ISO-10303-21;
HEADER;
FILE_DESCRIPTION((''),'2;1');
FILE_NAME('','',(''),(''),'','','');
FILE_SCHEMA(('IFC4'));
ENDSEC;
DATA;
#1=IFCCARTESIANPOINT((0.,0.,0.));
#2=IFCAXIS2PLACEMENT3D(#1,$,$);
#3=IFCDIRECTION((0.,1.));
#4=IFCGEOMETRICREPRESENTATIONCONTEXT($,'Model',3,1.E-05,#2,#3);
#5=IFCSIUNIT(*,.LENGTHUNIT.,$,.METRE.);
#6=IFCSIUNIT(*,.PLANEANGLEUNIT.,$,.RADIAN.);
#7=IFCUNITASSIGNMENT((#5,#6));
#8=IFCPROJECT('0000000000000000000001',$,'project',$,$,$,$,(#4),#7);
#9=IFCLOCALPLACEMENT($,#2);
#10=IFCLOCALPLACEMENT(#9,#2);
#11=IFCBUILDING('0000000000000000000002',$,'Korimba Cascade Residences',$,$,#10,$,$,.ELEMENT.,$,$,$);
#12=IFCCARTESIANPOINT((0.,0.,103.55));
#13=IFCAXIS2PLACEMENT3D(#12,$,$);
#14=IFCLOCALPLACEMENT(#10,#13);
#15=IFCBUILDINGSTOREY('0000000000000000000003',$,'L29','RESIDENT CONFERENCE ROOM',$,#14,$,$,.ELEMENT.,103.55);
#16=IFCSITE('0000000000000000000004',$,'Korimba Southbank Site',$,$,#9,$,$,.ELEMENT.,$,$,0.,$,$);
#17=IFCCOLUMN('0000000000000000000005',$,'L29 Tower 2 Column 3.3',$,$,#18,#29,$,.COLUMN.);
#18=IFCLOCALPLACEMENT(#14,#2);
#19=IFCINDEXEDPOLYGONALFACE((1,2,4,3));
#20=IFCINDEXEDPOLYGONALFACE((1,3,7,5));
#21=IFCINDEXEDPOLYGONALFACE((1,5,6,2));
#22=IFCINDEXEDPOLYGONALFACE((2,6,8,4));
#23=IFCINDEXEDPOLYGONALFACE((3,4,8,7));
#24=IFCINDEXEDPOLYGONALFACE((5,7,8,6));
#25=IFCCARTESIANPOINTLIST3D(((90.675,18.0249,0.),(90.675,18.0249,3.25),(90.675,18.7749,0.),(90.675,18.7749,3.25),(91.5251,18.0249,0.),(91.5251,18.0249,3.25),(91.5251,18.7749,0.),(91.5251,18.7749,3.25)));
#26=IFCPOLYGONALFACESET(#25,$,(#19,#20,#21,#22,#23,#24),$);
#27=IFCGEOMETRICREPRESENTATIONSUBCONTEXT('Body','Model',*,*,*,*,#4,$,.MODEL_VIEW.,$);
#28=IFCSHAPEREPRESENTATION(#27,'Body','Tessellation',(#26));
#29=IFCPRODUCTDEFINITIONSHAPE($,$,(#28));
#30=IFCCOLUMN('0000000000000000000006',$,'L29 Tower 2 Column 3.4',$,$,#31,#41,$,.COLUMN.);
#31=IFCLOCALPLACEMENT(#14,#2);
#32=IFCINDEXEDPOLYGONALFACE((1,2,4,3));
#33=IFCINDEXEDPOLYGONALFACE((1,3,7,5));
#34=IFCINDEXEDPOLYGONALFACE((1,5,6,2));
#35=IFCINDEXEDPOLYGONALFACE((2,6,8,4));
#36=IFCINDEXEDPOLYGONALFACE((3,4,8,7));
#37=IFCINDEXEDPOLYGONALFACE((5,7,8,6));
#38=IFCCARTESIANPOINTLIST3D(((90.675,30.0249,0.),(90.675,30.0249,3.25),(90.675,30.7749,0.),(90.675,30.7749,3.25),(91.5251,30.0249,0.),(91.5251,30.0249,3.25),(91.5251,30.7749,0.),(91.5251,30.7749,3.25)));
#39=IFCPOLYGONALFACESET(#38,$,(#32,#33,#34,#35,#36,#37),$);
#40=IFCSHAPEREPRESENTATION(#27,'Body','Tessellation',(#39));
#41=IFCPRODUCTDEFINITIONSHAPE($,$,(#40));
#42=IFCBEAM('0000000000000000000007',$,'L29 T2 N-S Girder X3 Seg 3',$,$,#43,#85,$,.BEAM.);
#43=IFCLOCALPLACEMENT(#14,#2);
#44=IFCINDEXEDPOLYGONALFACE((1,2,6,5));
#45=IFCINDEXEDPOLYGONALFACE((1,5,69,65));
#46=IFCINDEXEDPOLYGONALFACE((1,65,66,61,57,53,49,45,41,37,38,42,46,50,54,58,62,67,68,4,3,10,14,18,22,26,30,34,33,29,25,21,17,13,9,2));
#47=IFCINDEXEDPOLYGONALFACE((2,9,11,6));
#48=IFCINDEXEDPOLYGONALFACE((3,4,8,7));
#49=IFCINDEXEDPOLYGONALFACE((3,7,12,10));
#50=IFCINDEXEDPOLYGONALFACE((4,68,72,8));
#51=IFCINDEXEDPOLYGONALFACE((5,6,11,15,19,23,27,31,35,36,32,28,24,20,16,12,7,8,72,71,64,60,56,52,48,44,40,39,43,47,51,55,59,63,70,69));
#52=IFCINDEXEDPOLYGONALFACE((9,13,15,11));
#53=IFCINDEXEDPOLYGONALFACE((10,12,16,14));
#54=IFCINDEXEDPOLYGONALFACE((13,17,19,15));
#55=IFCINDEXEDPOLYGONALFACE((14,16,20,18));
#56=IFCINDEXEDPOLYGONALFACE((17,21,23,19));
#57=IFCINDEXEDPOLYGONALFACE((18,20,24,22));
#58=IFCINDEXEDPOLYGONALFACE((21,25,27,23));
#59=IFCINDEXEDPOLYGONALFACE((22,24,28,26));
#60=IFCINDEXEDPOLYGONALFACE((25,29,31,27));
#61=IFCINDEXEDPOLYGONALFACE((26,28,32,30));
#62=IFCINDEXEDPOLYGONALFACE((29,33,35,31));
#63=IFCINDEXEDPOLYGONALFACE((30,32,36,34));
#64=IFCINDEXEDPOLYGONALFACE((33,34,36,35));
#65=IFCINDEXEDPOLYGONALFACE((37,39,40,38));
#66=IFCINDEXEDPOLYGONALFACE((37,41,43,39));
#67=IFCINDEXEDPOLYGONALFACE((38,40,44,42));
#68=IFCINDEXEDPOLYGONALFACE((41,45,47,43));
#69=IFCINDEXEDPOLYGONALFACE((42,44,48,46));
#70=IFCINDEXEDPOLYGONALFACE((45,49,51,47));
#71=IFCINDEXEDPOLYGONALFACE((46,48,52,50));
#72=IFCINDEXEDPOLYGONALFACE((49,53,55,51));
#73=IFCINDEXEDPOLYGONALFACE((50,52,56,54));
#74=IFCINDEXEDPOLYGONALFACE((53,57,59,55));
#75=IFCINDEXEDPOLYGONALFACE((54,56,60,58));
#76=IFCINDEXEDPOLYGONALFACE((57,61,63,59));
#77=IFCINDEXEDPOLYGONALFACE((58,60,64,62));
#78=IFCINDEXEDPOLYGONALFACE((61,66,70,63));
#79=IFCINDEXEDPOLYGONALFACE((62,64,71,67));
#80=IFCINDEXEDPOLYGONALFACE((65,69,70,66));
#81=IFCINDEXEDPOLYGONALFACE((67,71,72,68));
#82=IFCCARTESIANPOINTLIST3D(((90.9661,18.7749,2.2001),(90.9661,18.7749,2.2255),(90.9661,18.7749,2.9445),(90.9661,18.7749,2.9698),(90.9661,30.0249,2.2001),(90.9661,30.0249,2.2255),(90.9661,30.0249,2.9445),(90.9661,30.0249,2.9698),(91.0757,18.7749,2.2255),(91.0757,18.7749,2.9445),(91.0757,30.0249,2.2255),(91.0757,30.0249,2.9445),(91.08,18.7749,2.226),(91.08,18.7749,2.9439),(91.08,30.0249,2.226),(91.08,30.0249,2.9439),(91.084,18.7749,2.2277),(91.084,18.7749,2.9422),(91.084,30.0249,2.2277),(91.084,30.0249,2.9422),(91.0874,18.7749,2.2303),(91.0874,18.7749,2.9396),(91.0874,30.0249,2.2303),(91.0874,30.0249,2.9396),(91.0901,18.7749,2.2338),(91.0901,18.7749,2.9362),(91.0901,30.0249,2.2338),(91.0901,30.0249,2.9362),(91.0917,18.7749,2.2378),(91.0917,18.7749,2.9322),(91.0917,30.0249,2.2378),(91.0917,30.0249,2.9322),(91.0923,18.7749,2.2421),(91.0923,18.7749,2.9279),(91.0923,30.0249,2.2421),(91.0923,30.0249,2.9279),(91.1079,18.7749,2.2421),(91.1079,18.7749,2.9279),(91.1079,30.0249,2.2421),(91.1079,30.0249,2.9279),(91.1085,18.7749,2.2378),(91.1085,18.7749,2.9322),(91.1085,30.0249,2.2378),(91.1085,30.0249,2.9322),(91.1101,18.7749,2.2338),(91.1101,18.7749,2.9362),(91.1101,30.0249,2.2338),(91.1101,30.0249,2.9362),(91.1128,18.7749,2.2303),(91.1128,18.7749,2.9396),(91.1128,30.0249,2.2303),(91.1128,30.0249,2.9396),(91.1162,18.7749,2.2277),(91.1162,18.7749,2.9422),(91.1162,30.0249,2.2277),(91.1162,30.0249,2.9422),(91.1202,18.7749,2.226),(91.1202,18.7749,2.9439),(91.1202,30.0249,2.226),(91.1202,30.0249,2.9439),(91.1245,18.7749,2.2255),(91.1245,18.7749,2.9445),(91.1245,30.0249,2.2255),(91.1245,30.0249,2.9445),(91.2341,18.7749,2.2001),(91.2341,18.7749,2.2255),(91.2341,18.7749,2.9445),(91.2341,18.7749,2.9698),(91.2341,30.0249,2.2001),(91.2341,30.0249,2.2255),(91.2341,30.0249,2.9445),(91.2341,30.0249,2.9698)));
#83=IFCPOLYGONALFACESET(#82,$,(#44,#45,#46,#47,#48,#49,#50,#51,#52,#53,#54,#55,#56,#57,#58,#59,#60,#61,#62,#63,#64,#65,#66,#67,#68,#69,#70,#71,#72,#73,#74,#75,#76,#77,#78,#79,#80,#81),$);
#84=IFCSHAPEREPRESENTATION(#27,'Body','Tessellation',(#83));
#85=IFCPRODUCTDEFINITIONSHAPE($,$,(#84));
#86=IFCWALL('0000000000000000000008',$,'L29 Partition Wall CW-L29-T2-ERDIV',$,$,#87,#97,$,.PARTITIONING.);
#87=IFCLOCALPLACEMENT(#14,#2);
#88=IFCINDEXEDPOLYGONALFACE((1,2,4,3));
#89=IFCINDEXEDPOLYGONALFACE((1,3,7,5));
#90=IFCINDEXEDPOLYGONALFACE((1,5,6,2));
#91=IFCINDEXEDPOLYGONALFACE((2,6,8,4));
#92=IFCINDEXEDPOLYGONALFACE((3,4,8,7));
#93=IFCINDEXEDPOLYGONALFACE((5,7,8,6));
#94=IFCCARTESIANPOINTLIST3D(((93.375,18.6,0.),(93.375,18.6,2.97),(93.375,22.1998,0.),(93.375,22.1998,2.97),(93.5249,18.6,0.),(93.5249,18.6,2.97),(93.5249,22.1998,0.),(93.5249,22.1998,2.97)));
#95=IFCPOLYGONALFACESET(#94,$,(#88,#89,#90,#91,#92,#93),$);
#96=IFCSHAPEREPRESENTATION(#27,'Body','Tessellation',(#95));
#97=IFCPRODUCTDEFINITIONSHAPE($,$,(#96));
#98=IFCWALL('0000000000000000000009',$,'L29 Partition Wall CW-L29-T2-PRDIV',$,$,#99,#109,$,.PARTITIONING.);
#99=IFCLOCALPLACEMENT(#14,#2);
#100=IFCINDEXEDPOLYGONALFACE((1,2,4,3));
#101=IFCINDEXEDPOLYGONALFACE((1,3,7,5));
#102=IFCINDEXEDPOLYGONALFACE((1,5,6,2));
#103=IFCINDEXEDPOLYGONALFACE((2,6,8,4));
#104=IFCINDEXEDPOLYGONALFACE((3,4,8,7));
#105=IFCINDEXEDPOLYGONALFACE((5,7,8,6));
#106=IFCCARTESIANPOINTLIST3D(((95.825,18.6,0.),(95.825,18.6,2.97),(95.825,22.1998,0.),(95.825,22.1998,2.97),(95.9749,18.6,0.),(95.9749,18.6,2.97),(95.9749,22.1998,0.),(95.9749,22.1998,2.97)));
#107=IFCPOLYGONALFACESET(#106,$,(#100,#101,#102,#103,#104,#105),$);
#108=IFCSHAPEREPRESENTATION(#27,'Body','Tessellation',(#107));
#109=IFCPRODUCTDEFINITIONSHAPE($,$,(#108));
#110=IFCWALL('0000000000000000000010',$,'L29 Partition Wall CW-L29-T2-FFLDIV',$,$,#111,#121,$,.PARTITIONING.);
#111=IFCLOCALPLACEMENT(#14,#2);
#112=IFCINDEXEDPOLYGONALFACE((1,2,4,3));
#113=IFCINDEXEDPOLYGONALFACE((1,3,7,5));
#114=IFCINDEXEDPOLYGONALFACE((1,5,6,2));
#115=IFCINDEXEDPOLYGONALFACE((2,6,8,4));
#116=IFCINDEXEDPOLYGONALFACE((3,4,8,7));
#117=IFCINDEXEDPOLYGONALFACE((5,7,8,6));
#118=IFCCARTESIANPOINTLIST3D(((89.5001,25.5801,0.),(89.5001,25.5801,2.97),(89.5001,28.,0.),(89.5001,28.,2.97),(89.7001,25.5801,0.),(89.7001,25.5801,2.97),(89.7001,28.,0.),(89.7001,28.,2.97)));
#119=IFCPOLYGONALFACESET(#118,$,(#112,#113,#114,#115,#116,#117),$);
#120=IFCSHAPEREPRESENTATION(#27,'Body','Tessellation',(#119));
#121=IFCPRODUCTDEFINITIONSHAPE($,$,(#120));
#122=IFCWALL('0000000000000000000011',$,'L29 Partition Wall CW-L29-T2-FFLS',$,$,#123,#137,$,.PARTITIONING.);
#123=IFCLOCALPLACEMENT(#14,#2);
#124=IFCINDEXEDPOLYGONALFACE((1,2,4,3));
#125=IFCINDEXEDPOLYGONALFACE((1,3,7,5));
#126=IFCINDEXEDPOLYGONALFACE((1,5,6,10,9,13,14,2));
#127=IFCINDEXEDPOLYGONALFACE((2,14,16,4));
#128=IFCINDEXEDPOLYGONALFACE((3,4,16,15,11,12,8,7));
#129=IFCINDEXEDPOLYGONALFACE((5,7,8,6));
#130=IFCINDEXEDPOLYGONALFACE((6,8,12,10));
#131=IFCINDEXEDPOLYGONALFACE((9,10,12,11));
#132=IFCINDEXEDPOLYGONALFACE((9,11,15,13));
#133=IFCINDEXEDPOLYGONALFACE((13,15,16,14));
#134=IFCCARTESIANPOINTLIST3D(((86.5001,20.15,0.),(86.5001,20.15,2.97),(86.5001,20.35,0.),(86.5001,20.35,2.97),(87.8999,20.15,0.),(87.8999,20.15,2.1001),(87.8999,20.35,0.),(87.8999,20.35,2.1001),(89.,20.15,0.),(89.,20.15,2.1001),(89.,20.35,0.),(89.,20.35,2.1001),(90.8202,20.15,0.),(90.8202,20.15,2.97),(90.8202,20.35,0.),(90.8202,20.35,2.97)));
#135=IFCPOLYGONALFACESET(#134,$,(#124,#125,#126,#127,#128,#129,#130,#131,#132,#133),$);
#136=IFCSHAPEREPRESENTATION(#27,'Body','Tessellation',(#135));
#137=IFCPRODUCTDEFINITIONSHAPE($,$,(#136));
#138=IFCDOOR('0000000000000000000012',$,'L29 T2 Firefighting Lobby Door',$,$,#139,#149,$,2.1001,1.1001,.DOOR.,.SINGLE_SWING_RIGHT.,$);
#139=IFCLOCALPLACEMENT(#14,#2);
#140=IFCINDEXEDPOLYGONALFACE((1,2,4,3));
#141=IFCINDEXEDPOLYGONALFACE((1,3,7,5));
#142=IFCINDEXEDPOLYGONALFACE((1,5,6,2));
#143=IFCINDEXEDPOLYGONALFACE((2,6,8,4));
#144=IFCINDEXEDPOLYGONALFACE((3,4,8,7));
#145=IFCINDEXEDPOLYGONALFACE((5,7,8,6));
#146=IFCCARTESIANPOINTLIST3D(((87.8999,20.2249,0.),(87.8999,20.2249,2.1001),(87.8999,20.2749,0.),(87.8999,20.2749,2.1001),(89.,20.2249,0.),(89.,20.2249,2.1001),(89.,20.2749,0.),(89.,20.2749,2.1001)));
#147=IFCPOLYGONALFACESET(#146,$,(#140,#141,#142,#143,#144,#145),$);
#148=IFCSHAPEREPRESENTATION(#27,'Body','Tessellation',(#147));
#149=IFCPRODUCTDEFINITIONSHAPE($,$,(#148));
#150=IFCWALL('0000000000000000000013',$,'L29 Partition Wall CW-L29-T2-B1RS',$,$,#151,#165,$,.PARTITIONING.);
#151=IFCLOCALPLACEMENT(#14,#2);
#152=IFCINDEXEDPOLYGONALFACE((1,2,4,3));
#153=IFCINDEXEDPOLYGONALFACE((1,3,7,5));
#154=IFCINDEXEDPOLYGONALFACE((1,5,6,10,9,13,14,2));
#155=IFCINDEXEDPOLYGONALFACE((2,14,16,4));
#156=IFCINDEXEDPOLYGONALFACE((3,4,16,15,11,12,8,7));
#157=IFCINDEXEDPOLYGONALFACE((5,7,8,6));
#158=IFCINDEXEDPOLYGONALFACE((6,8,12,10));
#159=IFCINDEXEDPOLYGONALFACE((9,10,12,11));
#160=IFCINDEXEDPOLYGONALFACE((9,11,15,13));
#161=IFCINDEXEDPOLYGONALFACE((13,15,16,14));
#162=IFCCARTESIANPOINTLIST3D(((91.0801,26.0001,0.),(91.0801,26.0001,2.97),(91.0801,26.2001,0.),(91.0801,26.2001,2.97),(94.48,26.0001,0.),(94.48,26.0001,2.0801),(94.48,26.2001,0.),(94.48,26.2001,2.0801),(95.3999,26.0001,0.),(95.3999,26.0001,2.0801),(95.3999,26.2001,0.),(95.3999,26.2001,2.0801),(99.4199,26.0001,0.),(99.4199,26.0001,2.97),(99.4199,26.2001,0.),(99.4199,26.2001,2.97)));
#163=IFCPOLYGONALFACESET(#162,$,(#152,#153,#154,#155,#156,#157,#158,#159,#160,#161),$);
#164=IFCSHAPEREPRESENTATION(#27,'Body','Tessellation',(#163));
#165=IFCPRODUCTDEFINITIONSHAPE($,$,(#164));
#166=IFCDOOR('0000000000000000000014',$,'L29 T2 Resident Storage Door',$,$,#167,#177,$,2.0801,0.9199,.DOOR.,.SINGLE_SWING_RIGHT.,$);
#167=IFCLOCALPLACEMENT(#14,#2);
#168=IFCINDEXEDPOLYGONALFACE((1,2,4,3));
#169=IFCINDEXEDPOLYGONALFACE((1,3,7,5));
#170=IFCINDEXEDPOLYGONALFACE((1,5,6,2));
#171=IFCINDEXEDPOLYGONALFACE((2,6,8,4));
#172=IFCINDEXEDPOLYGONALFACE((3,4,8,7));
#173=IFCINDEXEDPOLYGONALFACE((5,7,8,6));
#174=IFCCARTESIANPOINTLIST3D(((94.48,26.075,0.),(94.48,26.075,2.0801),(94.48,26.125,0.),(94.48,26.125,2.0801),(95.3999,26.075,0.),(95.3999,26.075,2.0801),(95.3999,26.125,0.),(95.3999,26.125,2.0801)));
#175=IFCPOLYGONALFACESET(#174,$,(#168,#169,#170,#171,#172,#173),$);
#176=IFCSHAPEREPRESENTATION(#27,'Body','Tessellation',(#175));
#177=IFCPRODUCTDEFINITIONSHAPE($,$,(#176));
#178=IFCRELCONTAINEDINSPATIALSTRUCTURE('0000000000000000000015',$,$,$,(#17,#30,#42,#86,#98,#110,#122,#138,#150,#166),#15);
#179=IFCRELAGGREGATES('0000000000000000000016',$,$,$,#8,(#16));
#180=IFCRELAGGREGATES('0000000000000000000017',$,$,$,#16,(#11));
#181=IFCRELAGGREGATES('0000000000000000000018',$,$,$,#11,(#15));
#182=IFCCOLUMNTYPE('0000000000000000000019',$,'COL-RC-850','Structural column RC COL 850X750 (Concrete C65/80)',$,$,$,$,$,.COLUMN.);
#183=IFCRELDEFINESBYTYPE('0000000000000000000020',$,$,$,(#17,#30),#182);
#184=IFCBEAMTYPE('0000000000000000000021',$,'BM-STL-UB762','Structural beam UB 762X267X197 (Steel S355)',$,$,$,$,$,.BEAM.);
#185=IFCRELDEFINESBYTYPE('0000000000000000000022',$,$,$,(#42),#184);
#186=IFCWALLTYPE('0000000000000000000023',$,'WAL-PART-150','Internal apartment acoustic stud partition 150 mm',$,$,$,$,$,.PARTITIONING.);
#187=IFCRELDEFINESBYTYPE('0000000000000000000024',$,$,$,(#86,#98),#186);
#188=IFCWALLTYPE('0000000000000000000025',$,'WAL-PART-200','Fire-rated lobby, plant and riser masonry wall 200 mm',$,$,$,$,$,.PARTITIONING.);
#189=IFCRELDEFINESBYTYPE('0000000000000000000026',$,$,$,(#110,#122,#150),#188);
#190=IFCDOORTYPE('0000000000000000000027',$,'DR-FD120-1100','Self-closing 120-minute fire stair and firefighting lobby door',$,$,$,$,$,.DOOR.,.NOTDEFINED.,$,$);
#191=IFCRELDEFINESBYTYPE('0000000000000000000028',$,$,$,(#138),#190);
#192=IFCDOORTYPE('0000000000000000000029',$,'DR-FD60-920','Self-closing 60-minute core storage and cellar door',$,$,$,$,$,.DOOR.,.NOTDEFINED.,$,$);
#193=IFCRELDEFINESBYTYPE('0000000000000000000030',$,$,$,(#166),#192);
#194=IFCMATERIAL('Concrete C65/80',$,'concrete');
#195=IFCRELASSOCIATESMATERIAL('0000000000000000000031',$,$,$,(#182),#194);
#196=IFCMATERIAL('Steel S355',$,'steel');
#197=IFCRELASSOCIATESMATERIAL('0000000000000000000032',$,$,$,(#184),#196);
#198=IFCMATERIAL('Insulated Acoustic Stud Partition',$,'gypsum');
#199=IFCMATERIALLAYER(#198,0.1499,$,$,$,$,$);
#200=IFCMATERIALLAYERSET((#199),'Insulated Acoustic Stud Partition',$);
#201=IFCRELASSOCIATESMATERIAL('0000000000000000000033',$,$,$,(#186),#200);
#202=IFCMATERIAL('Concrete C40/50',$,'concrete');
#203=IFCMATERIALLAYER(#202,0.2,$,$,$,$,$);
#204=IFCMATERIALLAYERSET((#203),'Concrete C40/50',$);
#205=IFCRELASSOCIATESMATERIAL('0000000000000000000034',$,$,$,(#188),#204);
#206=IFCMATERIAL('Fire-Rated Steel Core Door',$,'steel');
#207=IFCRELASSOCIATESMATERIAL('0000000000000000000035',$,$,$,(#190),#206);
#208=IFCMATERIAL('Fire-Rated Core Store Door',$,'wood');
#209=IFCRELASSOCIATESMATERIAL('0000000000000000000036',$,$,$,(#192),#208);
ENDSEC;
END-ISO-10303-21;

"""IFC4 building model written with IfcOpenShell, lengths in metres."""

from ifc_helpers import new_model, si_unit, direction, frame, frame_2d, origin, origin_2d, place, context, subcontext, project, spatial, rectangle, i_section, extrude, material, layer, layer_set, material_profile, profile_set, type_object, element, fill, save


model = new_model("IFC4")

# Units and contexts
model_context = context("Model", 3, precision=1e-05, world=origin(), true_north=direction((0.0, 1.0)))
body_context = subcontext(model_context, "Body", "Model", "MODEL_VIEW")
ifc_project = project(units=[si_unit("LENGTHUNIT", "METRE"), si_unit("PLANEANGLEUNIT", "RADIAN")], contexts=[model_context])

# Site, building, storey
site_placement = place(None, origin())
site = spatial("IfcSite", under=ifc_project, at=site_placement, Name="Korimba Southbank Site", CompositionType="ELEMENT", RefElevation=0.0)
building_placement = place(site_placement, origin())
building = spatial("IfcBuilding", under=site, at=building_placement, Name="Korimba Cascade Residences", CompositionType="ELEMENT")
storey_placement = place(building_placement, frame((0.0, 0.0, 103.55)))
storey = spatial("IfcBuildingStorey", under=building, at=storey_placement, Name="L29", Description="RESIDENT CONFERENCE ROOM", CompositionType="ELEMENT", Elevation=103.55)

# Columns
ifc_material_1 = material(Name="Concrete C65/80", Category="concrete")
ifc_material_profile_1 = material_profile(ifc_material_1, rectangle(XDim=0.8501, YDim=0.75, at=origin_2d()), Name="Concrete C65/80")
ifc_profile_set_1 = profile_set([ifc_material_profile_1], Name="Concrete C65/80")
column_type = type_object("IfcColumnType", Name="COL-RC-850", Description="Structural column RC COL 850X750 (Concrete C65/80)", PredefinedType="COLUMN", material=ifc_profile_set_1)
for number, where, z_axis, x_axis, name in (
    (1, (91.1001, 18.3999, 0.0), (0.0, 0.0, 1.0), (1.0, 0.0, 0.0), "L29 Tower 2 Column 3.3"),
    (2, (91.1001, 30.3999, 0.0), (0.0, 0.0, 1.0), (1.0, 0.0, 0.0), "L29 Tower 2 Column 3.4"),
):
    element("IfcColumn", number, at=place(storey_placement, frame(where, z_axis=z_axis, x_axis=x_axis)), inside=storey, type_object=column_type, Name=name, PredefinedType="COLUMN", context=body_context, shape_type="SweptSolid", body=[
        extrude(rectangle(XDim=0.8501, YDim=0.75, at=origin_2d()), origin(), (0.0, 0.0, 1.0), 3.25),
    ])

# Beam
ifc_material_2 = material(Name="Steel S355", Category="steel")
ifc_material_profile_2 = material_profile(ifc_material_2, i_section(OverallWidth=0.2681, OverallDepth=0.7698, WebThickness=0.0156, FlangeThickness=0.0254, FilletRadius=0.0166, at=origin_2d()), Name="Steel S355")
ifc_profile_set_2 = profile_set([ifc_material_profile_2], Name="Steel S355")
beam_type = type_object("IfcBeamType", Name="BM-STL-UB762", Description="Structural beam UB 762X267X197 (Steel S355)", PredefinedType="BEAM", material=ifc_profile_set_2)
beam_placement = place(storey_placement, frame((91.1001, 18.7749, 2.585), z_axis=(0.0, 1.0, 0.0), x_axis=(-1.0, 0.0, 0.0)))
element("IfcBeam", 3, at=beam_placement, inside=storey, type_object=beam_type, Name="L29 T2 N-S Girder X3 Seg 3", PredefinedType="BEAM", context=body_context, shape_type="SweptSolid", body=[
    extrude(i_section(OverallWidth=0.2681, OverallDepth=0.7698, WebThickness=0.0156, FlangeThickness=0.0254, FilletRadius=0.0166, at=origin_2d()), origin(), (0.0, 0.0, 1.0), 11.25),
])

# Walls
ifc_material_3 = material(Name="Insulated Acoustic Stud Partition", Category="gypsum")
ifc_layer_1 = layer(ifc_material_3, 0.1499)
ifc_layer_set_1 = layer_set([ifc_layer_1], Name="Insulated Acoustic Stud Partition")
wall_type_1 = type_object("IfcWallType", Name="WAL-PART-150", Description="Internal apartment acoustic stud partition 150 mm", PredefinedType="PARTITIONING", material=ifc_layer_set_1)
for number, where, z_axis, x_axis, name in (
    (4, (93.45, 18.6001, 0.0), (0.0, 0.0, 1.0), (0.0, 1.0, 0.0), "L29 Partition Wall CW-L29-T2-ERDIV"),
    (5, (95.8999, 18.6001, 0.0), (0.0, 0.0, 1.0), (0.0, 1.0, 0.0), "L29 Partition Wall CW-L29-T2-PRDIV"),
):
    element("IfcWall", number, at=place(storey_placement, frame(where, z_axis=z_axis, x_axis=x_axis)), inside=storey, type_object=wall_type_1, Name=name, PredefinedType="PARTITIONING", context=body_context, shape_type="SweptSolid", body=[
        extrude(rectangle(XDim=3.5999, YDim=0.1499, at=frame_2d((1.7998, 0.0))), origin(), (0.0, 0.0, 1.0), 2.97),
    ])
ifc_material_4 = material(Name="Concrete C40/50", Category="concrete")
ifc_layer_2 = layer(ifc_material_4, 0.2)
ifc_layer_set_2 = layer_set([ifc_layer_2], Name="Concrete C40/50")
wall_type_2 = type_object("IfcWallType", Name="WAL-PART-200", Description="Fire-rated lobby, plant and riser masonry wall 200 mm", PredefinedType="PARTITIONING", material=ifc_layer_set_2)
wall_1_placement = place(storey_placement, frame((89.6001, 25.5801, 0.0), z_axis=(0.0, 0.0, 1.0), x_axis=(0.0, 1.0, 0.0)))
element("IfcWall", 6, at=wall_1_placement, inside=storey, type_object=wall_type_2, Name="L29 Partition Wall CW-L29-T2-FFLDIV", PredefinedType="PARTITIONING", context=body_context, shape_type="SweptSolid", body=[
    extrude(rectangle(XDim=2.4199, YDim=0.2, at=frame_2d((1.21, 0.0))), origin(), (0.0, 0.0, 1.0), 2.97),
])

# Walls, openings, doors
wall_2_placement = place(storey_placement, frame((86.5, 20.25, 0.0), z_axis=(0.0, 0.0, 1.0), x_axis=(1.0, 0.0, 0.0)))
wall_2 = element("IfcWall", 7, at=wall_2_placement, inside=storey, type_object=wall_type_2, Name="L29 Partition Wall CW-L29-T2-FFLS", PredefinedType="PARTITIONING", context=body_context, shape_type="SweptSolid", body=[
    extrude(rectangle(XDim=4.3201, YDim=0.2, at=frame_2d((2.1602, 0.0))), origin(), (0.0, 0.0, 1.0), 2.97),
])
opening_1_placement = place(wall_2_placement, frame((1.3999, 0.0, 0.0)))
opening_1 = element("IfcOpeningElement", 8, at=opening_1_placement, cuts=wall_2, PredefinedType="OPENING", context=body_context, shape_type="SweptSolid", body=[
    extrude(rectangle(XDim=1.1001, YDim=2.1001, at=frame_2d((0.55, 1.05))), frame((0.0, 0.1099, 0.0), z_axis=(0.0, -1.0, 0.0), x_axis=(1.0, 0.0, 0.0)), (0.0, 0.0, 1.0), 0.22),
])
ifc_material_5 = material(Name="Fire-Rated Steel Core Door", Category="steel")
door_type_1 = type_object("IfcDoorType", Name="DR-FD120-1100", Description="Self-closing 120-minute fire stair and firefighting lobby door", OperationType="NOTDEFINED", PredefinedType="DOOR", material=ifc_material_5)
door_1_placement = place(opening_1_placement, origin())
door_1 = element("IfcDoor", 9, at=door_1_placement, inside=storey, type_object=door_type_1, Name="L29 T2 Firefighting Lobby Door", OperationType="SINGLE_SWING_RIGHT", OverallHeight=2.1001, OverallWidth=1.1001, PredefinedType="DOOR", context=body_context, shape_type="SweptSolid", body=[
    extrude(rectangle(XDim=1.1001, YDim=2.1001, at=frame_2d((0.55, 1.05))), frame((0.0, 0.0249, 0.0), z_axis=(0.0, -1.0, 0.0), x_axis=(1.0, 0.0, 0.0)), (0.0, 0.0, 1.0), 0.05),
])
fill(opening_1, door_1)
wall_3_placement = place(storey_placement, frame((91.0801, 26.1001, 0.0), z_axis=(0.0, 0.0, 1.0), x_axis=(1.0, 0.0, 0.0)))
wall_3 = element("IfcWall", 10, at=wall_3_placement, inside=storey, type_object=wall_type_2, Name="L29 Partition Wall CW-L29-T2-B1RS", PredefinedType="PARTITIONING", context=body_context, shape_type="SweptSolid", body=[
    extrude(rectangle(XDim=8.3398, YDim=0.2, at=frame_2d((4.1699, 0.0))), origin(), (0.0, 0.0, 1.0), 2.97),
])
opening_2_placement = place(wall_3_placement, frame((3.3999, 0.0, 0.0)))
opening_2 = element("IfcOpeningElement", 11, at=opening_2_placement, cuts=wall_3, PredefinedType="OPENING", context=body_context, shape_type="SweptSolid", body=[
    extrude(rectangle(XDim=0.9199, YDim=2.0801, at=frame_2d((0.46, 1.04))), frame((0.0, 0.1099, 0.0), z_axis=(0.0, -1.0, 0.0), x_axis=(1.0, 0.0, 0.0)), (0.0, 0.0, 1.0), 0.22),
])
ifc_material_6 = material(Name="Fire-Rated Core Store Door", Category="wood")
door_type_2 = type_object("IfcDoorType", Name="DR-FD60-920", Description="Self-closing 60-minute core storage and cellar door", OperationType="NOTDEFINED", PredefinedType="DOOR", material=ifc_material_6)
door_2_placement = place(opening_2_placement, origin())
door_2 = element("IfcDoor", 12, at=door_2_placement, inside=storey, type_object=door_type_2, Name="L29 T2 Resident Storage Door", OperationType="SINGLE_SWING_RIGHT", OverallHeight=2.0801, OverallWidth=0.9199, PredefinedType="DOOR", context=body_context, shape_type="SweptSolid", body=[
    extrude(rectangle(XDim=0.9199, YDim=2.0801, at=frame_2d((0.46, 1.04))), frame((0.0, 0.0249, 0.0), z_axis=(0.0, -1.0, 0.0), x_axis=(1.0, 0.0, 0.0)), (0.0, 0.0, 1.0), 0.05),
])
fill(opening_2, door_2)

save(model, "model.ifc")
